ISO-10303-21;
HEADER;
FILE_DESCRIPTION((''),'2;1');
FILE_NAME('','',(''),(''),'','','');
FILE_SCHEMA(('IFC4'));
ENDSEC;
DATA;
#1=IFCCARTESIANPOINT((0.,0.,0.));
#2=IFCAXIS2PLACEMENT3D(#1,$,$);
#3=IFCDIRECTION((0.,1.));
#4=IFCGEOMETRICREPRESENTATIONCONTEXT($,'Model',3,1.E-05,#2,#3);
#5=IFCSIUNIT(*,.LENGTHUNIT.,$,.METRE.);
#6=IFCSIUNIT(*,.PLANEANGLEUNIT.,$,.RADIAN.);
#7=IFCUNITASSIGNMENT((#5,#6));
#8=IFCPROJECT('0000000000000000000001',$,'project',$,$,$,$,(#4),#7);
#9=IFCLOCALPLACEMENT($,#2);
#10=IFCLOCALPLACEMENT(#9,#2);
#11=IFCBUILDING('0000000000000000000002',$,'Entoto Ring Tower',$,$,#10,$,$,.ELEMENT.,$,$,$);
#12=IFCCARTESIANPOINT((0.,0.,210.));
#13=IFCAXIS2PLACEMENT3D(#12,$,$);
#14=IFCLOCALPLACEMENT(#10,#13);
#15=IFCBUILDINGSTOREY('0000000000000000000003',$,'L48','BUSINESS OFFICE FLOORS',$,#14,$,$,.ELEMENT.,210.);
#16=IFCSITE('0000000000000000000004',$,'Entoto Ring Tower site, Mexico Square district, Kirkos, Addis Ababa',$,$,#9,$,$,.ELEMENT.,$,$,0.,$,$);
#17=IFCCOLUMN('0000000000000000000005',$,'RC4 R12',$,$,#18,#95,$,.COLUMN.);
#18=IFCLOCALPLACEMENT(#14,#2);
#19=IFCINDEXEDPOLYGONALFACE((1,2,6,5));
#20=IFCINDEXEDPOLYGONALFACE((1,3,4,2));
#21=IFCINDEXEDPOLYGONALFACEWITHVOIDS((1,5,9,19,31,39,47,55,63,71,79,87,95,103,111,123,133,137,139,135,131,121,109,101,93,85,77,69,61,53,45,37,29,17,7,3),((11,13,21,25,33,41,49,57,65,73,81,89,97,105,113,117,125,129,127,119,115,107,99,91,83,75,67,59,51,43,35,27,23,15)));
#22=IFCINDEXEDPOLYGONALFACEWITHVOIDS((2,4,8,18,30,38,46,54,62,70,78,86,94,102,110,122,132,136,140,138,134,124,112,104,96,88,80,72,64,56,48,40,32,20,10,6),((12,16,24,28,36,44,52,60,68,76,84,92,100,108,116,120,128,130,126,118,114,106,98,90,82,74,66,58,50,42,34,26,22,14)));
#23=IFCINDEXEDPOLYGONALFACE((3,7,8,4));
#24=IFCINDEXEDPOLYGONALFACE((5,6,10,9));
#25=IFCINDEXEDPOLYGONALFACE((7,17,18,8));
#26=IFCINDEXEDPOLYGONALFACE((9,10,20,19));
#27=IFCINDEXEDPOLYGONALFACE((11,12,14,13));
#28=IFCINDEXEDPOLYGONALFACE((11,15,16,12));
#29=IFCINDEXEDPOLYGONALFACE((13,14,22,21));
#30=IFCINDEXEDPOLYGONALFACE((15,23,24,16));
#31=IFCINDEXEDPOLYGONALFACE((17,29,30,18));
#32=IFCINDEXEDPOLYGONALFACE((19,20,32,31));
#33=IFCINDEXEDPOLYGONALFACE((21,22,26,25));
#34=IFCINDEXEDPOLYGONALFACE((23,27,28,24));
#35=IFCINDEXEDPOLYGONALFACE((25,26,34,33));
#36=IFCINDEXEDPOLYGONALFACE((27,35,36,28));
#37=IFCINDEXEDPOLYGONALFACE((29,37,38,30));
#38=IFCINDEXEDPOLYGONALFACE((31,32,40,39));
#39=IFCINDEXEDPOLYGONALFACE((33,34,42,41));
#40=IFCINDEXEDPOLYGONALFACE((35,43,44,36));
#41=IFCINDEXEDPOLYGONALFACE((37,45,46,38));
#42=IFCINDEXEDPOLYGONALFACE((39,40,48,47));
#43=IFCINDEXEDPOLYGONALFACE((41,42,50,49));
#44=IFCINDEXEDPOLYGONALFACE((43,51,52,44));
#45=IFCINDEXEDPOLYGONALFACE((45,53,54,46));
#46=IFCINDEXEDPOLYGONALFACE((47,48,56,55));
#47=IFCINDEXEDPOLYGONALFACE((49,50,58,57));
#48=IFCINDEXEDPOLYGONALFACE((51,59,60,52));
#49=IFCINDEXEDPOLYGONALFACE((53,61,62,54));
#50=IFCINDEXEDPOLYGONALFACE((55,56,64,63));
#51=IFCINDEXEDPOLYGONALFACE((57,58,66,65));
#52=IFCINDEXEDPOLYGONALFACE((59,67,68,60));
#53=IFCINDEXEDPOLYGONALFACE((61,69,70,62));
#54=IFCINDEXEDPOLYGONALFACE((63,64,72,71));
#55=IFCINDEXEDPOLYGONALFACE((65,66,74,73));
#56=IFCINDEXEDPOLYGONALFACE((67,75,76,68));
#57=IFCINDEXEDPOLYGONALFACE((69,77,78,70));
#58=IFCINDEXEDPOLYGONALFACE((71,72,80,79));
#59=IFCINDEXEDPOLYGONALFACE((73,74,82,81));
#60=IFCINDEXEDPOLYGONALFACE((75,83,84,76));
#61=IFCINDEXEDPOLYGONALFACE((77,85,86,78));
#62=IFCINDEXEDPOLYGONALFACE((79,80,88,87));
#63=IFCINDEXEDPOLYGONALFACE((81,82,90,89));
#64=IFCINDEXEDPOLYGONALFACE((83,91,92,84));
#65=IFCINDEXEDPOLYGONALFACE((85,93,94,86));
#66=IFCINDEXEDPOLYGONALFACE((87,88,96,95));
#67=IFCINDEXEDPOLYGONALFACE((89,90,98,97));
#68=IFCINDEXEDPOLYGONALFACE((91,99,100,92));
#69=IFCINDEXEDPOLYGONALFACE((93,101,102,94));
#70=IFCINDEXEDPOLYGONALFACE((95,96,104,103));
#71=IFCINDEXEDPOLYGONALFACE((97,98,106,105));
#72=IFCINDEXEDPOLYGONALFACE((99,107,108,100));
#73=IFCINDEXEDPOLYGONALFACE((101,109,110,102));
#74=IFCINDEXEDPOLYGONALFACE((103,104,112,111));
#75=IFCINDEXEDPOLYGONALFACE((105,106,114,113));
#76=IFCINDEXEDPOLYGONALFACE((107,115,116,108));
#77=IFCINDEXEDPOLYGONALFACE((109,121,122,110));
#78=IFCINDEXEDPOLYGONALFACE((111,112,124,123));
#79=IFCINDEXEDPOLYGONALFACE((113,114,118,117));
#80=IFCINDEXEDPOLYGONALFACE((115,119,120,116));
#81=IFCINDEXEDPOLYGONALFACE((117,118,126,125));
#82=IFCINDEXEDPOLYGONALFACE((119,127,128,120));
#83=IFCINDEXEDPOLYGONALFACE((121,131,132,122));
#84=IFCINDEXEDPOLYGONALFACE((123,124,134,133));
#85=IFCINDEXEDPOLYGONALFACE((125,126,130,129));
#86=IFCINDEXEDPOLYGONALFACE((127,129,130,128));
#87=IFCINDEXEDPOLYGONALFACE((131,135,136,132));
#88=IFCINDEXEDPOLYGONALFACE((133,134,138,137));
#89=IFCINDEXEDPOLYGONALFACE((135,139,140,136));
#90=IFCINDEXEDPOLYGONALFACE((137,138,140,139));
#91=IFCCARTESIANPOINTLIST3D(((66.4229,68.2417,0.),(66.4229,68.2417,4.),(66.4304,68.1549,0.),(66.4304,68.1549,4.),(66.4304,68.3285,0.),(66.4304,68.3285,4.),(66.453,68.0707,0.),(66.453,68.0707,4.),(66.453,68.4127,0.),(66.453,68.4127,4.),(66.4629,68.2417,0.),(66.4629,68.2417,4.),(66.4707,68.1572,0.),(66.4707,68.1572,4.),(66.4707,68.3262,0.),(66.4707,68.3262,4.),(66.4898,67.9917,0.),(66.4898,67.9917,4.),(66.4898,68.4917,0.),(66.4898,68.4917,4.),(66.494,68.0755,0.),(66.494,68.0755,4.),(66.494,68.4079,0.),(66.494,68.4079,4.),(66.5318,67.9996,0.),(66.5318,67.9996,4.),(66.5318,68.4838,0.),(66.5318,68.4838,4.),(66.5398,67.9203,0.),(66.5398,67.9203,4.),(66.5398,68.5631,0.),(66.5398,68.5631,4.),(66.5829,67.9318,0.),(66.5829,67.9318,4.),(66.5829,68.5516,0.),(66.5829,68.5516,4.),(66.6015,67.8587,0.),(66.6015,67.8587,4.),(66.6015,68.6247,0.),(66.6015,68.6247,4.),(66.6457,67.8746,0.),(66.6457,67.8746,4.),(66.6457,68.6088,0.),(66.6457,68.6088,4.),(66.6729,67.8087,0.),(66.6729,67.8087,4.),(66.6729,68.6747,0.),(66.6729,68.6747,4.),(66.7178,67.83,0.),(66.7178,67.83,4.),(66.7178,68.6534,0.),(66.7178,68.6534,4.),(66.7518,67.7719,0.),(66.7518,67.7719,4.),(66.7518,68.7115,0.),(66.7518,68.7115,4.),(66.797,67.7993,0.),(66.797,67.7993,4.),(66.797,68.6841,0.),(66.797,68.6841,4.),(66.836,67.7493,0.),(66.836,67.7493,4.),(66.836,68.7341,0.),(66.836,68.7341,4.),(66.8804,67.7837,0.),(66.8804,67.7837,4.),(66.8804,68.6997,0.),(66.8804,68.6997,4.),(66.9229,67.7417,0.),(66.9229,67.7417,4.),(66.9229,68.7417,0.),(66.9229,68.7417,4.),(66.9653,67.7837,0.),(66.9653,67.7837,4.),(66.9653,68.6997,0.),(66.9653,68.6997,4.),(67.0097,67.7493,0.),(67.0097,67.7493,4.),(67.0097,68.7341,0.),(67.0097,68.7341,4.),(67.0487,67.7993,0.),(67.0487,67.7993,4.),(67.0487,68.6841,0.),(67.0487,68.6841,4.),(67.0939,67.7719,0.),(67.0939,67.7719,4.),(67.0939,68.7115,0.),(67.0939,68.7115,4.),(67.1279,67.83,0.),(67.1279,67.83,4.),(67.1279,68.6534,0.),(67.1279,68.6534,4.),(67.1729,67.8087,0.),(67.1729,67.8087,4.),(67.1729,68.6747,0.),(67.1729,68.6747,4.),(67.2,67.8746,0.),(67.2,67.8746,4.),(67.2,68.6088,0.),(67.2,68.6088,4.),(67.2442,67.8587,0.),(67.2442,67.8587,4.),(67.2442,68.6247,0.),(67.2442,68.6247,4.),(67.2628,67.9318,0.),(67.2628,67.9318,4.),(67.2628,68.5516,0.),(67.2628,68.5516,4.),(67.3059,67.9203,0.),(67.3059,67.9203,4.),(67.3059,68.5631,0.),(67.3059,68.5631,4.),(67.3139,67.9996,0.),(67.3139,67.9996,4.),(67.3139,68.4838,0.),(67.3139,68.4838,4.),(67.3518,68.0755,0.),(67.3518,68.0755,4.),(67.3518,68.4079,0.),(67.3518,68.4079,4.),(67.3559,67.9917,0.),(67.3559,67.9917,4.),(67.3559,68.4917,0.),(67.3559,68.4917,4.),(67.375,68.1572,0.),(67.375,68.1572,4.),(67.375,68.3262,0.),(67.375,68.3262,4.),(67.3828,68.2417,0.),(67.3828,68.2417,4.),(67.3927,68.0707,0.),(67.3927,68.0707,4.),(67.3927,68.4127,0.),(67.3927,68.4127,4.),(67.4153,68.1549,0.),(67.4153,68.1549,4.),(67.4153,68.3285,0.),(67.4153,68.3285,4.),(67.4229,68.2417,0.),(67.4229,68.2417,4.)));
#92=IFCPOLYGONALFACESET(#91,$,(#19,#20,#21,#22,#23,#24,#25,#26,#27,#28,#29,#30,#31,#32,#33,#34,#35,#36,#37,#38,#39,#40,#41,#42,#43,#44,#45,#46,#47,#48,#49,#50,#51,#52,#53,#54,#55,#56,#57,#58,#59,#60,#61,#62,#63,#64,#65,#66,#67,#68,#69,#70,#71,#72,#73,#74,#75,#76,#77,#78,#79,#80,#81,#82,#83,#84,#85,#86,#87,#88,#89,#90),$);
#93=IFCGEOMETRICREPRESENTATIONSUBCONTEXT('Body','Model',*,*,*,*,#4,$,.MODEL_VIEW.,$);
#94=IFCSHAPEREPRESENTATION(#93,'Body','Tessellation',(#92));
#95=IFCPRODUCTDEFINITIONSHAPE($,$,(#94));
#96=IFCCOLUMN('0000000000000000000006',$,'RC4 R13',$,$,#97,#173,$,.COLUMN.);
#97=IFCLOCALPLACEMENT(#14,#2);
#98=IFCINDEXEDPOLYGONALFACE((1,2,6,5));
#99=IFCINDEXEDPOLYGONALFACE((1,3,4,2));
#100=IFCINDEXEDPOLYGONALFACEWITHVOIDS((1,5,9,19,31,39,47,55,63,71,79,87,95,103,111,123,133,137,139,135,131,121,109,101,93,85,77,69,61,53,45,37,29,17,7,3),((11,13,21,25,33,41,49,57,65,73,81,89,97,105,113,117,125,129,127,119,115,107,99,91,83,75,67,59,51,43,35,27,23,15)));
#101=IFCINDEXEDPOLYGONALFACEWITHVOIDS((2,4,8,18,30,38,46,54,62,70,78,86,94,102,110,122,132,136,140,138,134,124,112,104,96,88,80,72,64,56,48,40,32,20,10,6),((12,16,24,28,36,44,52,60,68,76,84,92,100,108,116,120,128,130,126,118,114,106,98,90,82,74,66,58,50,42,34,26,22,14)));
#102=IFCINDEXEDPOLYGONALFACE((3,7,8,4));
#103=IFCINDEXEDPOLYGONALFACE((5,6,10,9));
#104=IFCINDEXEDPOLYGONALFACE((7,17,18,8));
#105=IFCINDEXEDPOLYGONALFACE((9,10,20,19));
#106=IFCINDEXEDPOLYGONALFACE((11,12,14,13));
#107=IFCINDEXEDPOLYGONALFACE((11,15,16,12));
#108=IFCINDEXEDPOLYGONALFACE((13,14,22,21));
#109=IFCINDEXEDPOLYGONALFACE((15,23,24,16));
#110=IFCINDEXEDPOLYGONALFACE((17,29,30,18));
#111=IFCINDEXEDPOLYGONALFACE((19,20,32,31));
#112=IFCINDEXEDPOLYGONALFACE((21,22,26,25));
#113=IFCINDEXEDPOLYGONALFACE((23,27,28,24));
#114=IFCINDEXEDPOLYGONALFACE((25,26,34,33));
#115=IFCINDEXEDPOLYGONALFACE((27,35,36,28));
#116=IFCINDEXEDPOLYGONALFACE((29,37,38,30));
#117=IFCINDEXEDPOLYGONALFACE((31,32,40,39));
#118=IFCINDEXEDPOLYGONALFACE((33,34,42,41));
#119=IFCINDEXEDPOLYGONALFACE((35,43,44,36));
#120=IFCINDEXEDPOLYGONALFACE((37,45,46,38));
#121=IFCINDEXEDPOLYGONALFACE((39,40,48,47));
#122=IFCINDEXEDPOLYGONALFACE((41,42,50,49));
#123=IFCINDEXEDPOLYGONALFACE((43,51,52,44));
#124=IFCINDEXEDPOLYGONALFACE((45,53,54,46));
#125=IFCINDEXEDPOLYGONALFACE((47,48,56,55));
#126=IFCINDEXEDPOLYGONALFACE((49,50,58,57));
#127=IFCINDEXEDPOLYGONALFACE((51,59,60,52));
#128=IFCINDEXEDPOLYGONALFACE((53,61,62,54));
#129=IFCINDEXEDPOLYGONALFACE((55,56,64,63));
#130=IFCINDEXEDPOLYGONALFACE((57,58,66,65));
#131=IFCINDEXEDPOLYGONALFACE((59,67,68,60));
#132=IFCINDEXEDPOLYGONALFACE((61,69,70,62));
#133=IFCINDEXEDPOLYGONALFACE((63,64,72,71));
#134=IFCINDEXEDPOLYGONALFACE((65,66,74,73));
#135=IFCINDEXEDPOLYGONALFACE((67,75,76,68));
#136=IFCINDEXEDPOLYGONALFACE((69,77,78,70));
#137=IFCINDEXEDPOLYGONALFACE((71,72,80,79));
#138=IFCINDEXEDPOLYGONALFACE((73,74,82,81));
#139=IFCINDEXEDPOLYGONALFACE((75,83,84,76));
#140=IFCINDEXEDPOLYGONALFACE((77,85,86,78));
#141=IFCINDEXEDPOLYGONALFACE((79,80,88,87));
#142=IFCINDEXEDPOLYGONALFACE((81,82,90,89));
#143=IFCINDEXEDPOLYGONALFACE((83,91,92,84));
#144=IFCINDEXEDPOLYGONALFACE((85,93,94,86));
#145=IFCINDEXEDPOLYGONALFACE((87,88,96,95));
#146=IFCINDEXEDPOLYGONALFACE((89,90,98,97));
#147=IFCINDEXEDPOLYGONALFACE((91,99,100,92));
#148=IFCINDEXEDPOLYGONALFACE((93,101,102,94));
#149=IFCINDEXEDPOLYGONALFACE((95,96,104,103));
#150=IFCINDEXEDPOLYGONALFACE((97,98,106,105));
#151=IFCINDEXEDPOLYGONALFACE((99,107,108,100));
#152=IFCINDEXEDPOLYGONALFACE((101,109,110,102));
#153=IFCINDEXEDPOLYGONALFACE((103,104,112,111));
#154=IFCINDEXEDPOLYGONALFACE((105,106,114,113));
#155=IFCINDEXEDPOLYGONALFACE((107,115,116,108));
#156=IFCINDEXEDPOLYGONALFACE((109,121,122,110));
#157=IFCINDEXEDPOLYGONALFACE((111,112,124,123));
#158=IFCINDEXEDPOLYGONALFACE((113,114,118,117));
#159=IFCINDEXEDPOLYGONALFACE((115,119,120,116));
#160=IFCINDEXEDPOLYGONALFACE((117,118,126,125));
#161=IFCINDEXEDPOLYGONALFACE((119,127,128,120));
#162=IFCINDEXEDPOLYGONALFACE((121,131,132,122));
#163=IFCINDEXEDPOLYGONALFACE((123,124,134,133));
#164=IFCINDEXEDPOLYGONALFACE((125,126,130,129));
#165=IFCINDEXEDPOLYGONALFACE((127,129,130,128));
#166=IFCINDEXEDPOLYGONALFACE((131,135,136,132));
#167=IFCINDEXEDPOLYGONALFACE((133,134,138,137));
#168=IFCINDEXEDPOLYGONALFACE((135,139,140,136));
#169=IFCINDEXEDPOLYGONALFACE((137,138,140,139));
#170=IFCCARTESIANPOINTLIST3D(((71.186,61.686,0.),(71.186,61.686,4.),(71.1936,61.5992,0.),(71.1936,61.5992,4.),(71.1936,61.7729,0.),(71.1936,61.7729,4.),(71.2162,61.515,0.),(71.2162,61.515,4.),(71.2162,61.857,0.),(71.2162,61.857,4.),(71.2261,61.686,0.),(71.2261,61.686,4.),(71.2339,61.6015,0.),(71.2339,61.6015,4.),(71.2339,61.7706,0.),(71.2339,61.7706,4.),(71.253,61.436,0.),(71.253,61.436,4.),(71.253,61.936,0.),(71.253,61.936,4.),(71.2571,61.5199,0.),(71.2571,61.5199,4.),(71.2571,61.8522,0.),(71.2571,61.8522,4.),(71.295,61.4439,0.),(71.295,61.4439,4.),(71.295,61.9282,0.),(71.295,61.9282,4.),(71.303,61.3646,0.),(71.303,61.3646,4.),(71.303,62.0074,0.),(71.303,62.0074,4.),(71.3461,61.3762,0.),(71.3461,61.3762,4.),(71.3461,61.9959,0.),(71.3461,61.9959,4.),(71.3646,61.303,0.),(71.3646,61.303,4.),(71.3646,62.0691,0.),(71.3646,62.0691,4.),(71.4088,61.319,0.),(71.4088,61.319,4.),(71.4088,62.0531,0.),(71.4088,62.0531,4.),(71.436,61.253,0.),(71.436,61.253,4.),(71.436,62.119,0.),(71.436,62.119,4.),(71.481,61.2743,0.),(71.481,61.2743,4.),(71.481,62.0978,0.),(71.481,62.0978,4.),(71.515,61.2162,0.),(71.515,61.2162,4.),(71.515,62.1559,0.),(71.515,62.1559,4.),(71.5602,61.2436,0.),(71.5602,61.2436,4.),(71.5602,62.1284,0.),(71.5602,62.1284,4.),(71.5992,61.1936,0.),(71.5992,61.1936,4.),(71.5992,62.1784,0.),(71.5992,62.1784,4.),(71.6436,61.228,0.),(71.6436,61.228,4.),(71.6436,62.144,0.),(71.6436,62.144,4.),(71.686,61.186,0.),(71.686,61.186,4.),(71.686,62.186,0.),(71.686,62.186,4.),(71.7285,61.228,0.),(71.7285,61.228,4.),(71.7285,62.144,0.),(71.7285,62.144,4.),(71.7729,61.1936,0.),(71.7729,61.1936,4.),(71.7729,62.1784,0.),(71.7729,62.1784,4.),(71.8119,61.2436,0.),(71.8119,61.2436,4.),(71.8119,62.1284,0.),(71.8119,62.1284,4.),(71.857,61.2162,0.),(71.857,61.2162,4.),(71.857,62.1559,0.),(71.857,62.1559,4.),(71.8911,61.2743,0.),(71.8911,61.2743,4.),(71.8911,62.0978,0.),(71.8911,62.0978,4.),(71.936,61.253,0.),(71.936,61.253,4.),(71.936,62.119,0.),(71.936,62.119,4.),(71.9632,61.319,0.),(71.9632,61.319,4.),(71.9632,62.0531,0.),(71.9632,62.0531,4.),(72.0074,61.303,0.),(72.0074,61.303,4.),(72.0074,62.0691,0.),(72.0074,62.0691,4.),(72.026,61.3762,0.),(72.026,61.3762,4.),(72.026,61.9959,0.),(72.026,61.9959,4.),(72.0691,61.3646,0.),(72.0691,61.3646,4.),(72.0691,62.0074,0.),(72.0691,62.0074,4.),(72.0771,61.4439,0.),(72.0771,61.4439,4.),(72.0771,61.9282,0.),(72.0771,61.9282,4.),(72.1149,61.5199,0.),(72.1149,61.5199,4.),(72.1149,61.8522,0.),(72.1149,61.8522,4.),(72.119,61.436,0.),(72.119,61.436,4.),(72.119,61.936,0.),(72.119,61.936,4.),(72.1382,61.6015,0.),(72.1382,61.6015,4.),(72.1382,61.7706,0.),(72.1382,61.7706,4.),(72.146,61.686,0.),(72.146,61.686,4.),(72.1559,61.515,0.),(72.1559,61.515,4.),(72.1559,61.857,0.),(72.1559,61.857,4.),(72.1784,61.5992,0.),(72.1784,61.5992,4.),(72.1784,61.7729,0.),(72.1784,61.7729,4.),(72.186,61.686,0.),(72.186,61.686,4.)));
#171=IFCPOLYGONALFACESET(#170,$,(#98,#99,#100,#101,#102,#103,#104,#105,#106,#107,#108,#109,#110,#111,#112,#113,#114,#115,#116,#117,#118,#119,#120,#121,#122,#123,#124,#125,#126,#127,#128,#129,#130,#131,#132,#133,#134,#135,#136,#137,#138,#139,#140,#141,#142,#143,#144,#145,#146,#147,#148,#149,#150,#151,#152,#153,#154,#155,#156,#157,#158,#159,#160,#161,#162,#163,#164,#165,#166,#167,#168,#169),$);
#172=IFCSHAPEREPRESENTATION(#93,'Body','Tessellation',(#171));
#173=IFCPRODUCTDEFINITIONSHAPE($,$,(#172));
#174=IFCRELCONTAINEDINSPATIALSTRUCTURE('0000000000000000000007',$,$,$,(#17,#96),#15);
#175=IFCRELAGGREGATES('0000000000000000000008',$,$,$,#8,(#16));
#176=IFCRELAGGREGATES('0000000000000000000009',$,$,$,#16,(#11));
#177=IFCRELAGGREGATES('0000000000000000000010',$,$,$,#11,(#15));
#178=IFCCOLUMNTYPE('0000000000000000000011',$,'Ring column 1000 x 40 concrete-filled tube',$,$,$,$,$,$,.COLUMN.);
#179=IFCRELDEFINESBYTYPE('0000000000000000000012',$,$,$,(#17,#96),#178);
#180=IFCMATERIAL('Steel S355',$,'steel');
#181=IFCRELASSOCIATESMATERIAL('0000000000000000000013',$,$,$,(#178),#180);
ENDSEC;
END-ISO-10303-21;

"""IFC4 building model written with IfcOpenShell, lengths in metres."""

from ifc_helpers import new_model, si_unit, direction, frame, origin, origin_2d, place, context, subcontext, project, spatial, circle, hollow_circle, extrude, material, material_profile, profile_set, type_object, element, save


model = new_model("IFC4")

# Units and contexts
model_context = context("Model", 3, precision=1e-05, world=origin(), true_north=direction((0.0, 1.0)))
body_context = subcontext(model_context, "Body", "Model", "MODEL_VIEW")
ifc_project = project(units=[si_unit("LENGTHUNIT", "METRE"), si_unit("PLANEANGLEUNIT", "RADIAN")], contexts=[model_context])

# Site, building, storey
site_placement = place(None, origin())
site = spatial("IfcSite", under=ifc_project, at=site_placement, Name="Entoto Ring Tower site, Mexico Square district, Kirkos, Addis Ababa", CompositionType="ELEMENT", RefElevation=0.0)
building_placement = place(site_placement, origin())
building = spatial("IfcBuilding", under=site, at=building_placement, Name="Entoto Ring Tower", CompositionType="ELEMENT")
storey_placement = place(building_placement, frame((0.0, 0.0, 210.0)))
storey = spatial("IfcBuildingStorey", under=building, at=storey_placement, Name="L48", Description="BUSINESS OFFICE FLOORS", CompositionType="ELEMENT", Elevation=210.0)

# Columns
ifc_material_1 = material(Name="Steel S355", Category="steel")
ifc_material_profile_1 = material_profile(ifc_material_1, hollow_circle(Radius=0.5, WallThickness=0.04, at=origin_2d()), Name="CHS 1000 x 40")
ifc_material_2 = material(Name="Concrete C60/75", Category="concrete")
ifc_material_profile_2 = material_profile(ifc_material_2, circle(Radius=0.46, at=origin_2d()), Name="Concrete C60/75 infill")
ifc_profile_set_1 = profile_set([ifc_material_profile_1, ifc_material_profile_2], Name="Steel S355")
column_type = type_object("IfcColumnType", Name="Ring column 1000 x 40 concrete-filled tube", PredefinedType="COLUMN", material=ifc_profile_set_1)
for number, where, z_axis, x_axis, name in (
    (1, (66.9229, 68.2417, 0.0), (0.0, 0.0, 1.0), (1.0, 0.0, 0.0), "RC4 R12"),
    (2, (71.686, 61.686, 0.0), (0.0, 0.0, 1.0), (1.0, 0.0, 0.0), "RC4 R13"),
):
    element("IfcColumn", number, at=place(storey_placement, frame(where, z_axis=z_axis, x_axis=x_axis)), inside=storey, type_object=column_type, Name=name, PredefinedType="COLUMN", context=body_context, shape_type="SweptSolid", body=[
        extrude(hollow_circle(Radius=0.5, WallThickness=0.04, at=origin_2d()), origin(), (0.0, 0.0, 1.0), 4.0),
    ])

save(model, "model.ifc")
